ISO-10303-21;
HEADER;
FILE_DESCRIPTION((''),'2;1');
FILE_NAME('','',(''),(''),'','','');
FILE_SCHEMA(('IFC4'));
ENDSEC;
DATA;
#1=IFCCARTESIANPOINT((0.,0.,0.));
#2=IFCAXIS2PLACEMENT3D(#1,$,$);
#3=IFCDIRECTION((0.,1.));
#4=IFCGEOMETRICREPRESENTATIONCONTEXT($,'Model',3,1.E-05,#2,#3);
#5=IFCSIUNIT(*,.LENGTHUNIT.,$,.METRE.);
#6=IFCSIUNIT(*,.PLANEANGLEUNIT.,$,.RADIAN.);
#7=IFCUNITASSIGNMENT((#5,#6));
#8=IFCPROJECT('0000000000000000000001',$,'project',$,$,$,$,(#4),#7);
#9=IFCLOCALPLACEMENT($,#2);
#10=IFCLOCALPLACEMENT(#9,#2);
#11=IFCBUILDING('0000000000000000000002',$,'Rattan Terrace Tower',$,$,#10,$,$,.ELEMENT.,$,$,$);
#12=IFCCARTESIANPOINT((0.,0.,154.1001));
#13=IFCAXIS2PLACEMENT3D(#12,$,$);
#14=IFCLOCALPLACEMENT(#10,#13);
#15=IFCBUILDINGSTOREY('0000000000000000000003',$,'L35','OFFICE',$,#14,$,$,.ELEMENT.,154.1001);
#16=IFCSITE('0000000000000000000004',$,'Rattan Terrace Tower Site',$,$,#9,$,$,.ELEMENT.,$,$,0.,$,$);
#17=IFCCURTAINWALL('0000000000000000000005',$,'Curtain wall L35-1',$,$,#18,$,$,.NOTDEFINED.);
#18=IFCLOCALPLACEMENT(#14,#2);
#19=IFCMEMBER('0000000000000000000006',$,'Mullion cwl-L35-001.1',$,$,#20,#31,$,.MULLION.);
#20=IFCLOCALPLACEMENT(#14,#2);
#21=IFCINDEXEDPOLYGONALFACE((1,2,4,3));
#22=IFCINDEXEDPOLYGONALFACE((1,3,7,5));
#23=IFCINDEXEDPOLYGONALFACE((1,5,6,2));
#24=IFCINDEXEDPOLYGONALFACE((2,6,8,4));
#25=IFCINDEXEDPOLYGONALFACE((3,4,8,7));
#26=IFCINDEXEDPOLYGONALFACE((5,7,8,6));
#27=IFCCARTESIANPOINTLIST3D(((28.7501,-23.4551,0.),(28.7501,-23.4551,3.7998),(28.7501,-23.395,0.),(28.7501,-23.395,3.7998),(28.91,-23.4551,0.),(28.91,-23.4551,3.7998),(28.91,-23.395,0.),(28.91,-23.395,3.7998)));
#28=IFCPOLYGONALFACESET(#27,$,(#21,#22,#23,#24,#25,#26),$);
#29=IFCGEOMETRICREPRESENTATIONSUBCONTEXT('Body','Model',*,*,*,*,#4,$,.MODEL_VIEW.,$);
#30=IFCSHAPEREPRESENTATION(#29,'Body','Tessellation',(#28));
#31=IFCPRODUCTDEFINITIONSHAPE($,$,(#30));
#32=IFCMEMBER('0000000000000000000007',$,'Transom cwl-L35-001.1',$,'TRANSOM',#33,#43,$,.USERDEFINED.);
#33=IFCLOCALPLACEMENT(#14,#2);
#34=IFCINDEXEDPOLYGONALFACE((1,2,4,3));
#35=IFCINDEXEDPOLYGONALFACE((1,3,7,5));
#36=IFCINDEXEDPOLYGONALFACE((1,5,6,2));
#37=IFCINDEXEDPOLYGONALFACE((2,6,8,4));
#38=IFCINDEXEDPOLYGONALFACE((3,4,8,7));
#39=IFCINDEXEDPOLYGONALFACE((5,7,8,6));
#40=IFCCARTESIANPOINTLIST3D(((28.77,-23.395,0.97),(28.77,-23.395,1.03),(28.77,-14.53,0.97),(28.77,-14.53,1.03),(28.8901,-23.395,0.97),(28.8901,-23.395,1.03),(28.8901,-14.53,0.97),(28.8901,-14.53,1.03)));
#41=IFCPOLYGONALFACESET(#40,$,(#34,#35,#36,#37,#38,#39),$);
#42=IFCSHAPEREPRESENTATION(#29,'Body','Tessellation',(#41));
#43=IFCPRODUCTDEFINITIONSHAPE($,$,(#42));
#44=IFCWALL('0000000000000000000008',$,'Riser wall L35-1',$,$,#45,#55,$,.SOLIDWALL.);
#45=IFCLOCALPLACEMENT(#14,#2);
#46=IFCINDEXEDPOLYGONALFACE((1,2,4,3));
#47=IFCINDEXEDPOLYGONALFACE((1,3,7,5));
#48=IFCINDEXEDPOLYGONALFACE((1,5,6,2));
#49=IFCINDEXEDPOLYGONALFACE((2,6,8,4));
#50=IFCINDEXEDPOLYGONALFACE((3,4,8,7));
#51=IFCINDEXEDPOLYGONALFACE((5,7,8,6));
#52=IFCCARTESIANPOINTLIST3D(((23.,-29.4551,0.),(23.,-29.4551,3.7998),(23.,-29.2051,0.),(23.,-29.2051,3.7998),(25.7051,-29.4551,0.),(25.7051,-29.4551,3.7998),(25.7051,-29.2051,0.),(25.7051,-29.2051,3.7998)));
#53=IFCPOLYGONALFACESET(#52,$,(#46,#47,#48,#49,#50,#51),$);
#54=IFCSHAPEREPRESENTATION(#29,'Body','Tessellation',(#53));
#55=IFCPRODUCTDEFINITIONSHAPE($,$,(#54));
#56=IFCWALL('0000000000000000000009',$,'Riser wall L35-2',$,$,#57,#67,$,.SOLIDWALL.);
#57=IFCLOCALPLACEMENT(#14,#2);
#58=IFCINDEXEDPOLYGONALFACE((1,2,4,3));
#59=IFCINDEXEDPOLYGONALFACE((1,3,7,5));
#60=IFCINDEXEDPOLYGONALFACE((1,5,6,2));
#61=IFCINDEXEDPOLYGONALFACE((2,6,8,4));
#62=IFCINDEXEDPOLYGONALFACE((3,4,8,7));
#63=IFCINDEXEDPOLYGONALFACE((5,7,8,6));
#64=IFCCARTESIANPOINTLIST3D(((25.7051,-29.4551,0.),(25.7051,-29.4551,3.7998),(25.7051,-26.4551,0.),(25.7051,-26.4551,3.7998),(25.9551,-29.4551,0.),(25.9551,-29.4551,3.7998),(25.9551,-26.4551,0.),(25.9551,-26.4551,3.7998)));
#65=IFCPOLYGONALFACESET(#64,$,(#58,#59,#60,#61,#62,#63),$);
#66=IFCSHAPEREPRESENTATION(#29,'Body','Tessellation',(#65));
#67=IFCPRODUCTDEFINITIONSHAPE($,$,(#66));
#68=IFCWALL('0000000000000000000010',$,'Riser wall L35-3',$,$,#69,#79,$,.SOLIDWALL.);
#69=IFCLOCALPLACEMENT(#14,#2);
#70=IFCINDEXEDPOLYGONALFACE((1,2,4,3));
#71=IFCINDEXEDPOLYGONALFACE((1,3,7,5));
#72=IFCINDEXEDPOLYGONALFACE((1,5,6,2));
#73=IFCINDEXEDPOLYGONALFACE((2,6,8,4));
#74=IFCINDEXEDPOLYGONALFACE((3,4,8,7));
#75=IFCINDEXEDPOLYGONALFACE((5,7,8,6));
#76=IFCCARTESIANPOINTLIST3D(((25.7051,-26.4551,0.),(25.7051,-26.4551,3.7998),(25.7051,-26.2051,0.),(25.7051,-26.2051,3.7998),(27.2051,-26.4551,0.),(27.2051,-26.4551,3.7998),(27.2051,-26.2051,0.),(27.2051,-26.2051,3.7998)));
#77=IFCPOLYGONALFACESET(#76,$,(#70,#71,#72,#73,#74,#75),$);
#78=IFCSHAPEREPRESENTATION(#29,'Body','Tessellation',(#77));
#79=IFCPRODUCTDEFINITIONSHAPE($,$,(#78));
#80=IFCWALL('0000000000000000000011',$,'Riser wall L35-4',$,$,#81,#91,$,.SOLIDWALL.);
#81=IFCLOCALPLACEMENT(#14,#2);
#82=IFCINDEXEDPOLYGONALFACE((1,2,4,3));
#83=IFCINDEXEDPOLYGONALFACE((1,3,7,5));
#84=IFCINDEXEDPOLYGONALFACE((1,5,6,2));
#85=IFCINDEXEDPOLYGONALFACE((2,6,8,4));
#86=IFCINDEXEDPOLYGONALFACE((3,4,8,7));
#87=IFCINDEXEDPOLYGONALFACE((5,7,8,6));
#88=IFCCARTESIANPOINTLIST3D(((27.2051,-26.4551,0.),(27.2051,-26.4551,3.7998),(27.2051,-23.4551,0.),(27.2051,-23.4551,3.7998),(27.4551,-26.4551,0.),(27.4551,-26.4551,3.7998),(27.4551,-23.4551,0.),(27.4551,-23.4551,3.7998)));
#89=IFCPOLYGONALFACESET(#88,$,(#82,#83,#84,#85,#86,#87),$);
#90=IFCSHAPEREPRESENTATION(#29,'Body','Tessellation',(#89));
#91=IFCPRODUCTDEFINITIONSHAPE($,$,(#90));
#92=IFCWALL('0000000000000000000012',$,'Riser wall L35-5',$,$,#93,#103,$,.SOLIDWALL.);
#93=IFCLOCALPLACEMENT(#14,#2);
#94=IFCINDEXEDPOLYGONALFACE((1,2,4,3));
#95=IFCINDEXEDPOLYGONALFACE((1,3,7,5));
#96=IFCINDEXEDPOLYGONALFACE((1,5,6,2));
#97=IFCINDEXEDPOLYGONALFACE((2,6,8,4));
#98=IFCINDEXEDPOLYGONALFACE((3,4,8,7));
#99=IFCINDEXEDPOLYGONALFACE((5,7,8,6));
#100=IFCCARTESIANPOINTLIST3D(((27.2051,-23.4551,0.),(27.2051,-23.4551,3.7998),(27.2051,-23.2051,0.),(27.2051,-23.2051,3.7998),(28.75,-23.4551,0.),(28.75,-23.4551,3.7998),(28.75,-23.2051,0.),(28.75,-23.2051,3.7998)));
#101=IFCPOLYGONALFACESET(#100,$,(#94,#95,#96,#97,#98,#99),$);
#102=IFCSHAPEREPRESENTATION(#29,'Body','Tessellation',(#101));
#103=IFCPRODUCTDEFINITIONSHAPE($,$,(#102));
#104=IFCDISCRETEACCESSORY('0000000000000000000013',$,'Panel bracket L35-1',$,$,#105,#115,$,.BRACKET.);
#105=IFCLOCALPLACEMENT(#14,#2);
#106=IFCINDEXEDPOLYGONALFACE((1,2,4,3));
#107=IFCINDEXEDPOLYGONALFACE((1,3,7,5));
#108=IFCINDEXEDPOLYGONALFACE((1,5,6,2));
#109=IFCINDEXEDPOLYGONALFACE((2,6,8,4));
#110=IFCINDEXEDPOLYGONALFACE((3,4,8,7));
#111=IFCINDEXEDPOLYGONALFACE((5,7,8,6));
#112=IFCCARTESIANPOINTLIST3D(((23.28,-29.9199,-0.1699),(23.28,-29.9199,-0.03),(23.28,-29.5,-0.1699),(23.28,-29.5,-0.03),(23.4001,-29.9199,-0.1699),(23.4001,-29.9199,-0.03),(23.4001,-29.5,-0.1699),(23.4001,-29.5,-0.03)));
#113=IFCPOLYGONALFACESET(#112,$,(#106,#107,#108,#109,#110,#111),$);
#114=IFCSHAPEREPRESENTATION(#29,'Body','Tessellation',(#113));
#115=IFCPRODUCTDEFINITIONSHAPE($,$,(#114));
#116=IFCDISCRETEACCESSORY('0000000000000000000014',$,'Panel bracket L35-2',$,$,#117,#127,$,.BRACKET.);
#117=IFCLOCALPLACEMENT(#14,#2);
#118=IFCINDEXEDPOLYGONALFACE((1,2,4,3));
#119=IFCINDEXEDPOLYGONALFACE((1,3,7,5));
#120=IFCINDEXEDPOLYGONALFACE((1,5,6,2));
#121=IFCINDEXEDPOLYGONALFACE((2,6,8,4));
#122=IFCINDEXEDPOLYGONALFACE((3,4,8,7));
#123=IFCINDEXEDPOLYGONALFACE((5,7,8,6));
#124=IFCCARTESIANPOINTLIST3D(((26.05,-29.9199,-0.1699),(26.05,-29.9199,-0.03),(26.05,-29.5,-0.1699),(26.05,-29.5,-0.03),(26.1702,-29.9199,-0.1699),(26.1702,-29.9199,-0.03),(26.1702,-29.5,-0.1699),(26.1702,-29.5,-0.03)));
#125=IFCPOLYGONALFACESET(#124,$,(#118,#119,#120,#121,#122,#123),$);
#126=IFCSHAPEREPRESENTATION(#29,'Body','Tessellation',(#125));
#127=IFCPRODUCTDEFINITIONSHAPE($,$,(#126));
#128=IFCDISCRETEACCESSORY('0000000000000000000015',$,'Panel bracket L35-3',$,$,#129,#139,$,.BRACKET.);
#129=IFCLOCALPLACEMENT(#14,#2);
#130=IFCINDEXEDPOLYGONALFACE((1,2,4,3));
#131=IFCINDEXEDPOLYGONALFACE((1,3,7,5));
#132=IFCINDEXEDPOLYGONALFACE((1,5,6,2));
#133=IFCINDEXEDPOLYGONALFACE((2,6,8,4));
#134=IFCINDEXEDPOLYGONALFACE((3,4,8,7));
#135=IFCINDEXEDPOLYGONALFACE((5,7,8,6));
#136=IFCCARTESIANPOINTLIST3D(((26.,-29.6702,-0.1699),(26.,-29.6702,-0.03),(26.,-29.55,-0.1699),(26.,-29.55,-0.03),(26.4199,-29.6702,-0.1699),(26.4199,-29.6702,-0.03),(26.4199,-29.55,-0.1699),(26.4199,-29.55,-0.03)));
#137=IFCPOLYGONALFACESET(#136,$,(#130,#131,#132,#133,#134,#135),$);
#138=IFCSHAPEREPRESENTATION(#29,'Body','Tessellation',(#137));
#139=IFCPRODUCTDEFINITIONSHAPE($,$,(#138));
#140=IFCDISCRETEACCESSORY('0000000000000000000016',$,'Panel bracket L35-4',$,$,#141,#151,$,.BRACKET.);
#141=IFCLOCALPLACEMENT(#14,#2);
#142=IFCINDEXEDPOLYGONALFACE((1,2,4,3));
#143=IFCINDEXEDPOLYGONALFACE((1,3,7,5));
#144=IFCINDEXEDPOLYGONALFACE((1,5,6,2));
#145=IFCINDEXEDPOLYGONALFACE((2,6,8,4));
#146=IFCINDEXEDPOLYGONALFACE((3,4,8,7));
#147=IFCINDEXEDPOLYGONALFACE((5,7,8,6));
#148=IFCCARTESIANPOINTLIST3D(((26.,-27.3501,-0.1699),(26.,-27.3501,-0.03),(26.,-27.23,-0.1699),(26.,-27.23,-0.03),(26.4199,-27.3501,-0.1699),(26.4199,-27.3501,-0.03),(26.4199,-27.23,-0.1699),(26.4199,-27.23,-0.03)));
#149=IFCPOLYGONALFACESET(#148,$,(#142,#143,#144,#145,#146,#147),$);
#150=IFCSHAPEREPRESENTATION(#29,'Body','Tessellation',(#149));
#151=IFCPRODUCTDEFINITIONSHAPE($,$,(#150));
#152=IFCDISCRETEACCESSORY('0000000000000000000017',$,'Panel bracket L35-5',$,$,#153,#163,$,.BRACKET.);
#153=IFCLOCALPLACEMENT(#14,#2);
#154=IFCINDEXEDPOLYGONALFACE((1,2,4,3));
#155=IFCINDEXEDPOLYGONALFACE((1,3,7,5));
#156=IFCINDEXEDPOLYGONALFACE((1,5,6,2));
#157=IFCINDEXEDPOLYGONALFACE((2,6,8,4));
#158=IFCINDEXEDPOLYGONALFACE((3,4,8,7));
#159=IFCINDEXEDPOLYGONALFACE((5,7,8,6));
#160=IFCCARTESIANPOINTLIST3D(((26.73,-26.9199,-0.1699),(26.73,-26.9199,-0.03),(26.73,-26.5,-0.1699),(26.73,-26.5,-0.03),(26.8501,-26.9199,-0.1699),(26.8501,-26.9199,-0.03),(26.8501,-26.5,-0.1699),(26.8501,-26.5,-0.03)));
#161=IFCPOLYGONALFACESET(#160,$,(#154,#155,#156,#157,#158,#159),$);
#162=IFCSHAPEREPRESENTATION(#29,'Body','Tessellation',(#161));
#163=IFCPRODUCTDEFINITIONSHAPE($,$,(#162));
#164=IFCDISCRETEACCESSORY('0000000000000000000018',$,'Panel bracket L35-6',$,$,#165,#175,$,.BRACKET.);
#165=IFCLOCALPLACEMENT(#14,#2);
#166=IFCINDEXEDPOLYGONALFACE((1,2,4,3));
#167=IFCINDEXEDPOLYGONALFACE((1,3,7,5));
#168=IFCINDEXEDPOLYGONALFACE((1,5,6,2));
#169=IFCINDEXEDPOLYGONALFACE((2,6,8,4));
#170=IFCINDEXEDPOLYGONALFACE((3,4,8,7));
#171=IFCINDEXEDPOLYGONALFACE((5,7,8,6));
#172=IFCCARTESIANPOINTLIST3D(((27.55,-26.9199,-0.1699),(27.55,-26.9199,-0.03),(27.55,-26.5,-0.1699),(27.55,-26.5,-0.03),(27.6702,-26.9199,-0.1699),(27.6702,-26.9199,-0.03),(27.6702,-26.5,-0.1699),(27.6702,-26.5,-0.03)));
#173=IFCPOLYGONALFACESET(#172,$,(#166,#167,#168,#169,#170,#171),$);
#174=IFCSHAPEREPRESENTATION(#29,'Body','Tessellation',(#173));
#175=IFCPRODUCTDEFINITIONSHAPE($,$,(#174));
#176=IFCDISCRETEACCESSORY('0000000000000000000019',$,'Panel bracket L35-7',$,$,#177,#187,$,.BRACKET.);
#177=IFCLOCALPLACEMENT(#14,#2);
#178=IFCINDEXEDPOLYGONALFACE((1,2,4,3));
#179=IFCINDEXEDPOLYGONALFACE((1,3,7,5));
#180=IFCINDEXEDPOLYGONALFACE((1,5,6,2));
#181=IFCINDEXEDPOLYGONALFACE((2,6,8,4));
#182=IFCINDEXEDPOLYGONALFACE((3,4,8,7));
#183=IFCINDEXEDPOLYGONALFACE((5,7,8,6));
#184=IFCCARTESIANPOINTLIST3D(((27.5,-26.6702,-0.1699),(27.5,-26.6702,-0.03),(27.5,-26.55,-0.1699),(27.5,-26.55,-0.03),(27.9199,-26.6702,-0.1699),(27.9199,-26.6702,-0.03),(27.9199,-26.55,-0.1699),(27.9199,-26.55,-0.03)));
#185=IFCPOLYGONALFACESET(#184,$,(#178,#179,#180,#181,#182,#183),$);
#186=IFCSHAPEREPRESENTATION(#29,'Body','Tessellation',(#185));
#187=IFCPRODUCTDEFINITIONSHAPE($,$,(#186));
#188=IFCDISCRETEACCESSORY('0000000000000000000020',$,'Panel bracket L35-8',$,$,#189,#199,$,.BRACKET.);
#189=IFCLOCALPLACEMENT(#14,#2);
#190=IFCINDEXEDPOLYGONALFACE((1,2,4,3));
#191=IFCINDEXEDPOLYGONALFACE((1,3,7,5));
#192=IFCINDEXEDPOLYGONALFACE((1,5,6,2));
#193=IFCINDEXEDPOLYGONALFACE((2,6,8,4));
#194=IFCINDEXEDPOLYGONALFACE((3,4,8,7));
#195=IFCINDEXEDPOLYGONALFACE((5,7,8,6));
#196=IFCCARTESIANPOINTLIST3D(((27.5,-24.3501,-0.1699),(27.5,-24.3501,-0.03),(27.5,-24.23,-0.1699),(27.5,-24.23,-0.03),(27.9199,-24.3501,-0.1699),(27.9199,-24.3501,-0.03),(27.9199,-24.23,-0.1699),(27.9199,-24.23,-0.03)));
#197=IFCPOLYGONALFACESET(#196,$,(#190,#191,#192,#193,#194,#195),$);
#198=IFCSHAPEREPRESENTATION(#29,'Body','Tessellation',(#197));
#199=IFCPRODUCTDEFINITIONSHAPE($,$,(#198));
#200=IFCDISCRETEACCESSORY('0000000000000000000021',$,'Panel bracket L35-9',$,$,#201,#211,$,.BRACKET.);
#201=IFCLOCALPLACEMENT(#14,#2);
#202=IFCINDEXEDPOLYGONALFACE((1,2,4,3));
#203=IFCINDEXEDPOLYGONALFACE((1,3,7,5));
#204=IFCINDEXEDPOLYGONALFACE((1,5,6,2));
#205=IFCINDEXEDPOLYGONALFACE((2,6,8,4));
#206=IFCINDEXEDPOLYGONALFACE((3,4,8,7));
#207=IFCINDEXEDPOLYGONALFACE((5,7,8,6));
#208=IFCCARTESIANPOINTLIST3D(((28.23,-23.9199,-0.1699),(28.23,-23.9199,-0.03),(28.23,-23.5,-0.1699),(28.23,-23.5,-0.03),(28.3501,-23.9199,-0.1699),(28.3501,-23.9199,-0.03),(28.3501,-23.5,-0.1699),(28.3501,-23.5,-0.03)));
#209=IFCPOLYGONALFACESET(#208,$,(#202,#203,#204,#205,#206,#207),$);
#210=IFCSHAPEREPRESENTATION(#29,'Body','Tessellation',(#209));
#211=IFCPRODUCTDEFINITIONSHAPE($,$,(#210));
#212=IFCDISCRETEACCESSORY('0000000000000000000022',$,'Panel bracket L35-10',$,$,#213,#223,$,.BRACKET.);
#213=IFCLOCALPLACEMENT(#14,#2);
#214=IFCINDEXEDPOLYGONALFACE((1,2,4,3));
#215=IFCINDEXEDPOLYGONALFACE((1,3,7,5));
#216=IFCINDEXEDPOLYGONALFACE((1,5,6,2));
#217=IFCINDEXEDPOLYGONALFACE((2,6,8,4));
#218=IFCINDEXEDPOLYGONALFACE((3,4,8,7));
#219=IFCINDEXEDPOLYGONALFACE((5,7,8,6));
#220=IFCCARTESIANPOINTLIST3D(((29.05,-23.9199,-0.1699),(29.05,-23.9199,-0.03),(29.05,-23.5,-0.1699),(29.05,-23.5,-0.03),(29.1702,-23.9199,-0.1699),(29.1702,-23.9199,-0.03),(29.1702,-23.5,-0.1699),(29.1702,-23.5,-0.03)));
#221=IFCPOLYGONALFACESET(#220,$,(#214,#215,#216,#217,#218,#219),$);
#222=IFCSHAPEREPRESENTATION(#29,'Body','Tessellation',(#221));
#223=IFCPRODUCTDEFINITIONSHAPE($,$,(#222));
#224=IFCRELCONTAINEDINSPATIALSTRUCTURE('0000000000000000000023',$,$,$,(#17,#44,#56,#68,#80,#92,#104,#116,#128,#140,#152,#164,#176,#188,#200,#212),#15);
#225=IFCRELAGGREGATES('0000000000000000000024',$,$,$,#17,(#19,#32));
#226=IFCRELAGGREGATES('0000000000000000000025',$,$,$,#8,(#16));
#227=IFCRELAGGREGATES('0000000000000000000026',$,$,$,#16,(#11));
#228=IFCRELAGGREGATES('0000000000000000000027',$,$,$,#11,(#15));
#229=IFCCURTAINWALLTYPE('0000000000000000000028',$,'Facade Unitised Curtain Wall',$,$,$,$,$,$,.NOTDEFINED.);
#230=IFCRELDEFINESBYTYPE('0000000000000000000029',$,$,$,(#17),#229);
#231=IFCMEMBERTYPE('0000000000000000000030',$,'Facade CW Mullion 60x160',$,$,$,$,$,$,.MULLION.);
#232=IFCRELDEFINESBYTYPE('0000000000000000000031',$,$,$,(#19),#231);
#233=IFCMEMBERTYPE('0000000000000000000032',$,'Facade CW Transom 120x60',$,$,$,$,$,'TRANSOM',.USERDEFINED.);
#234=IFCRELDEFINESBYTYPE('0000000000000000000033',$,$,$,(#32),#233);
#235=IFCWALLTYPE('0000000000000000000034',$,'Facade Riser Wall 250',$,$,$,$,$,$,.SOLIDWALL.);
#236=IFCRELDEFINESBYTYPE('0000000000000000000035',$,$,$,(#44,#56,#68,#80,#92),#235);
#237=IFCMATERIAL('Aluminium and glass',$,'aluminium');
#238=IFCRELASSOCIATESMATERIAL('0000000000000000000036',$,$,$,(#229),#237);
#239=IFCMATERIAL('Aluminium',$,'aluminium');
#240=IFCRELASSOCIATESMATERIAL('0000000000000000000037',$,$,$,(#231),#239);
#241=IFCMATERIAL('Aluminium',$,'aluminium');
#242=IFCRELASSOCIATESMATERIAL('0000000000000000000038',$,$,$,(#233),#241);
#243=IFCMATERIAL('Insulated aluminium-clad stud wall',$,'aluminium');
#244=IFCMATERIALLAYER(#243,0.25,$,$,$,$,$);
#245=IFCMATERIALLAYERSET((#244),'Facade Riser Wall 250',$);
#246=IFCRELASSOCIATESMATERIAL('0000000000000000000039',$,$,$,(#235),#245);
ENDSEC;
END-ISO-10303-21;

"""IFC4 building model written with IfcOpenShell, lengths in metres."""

from ifc_helpers import new_model, si_unit, direction, frame, frame_2d, origin, origin_2d, place, context, subcontext, project, spatial, rectangle, extrude, material, layer, layer_set, material_profile, profile_set, type_object, element, aggregate, save


model = new_model("IFC4")

# Units and contexts
model_context = context("Model", 3, precision=1e-05, world=origin(), true_north=direction((0.0, 1.0)))
body_context = subcontext(model_context, "Body", "Model", "MODEL_VIEW")
ifc_project = project(units=[si_unit("LENGTHUNIT", "METRE"), si_unit("PLANEANGLEUNIT", "RADIAN")], contexts=[model_context])

# Site, building, storey
site_placement = place(None, origin())
site = spatial("IfcSite", under=ifc_project, at=site_placement, Name="Rattan Terrace Tower Site", CompositionType="ELEMENT", RefElevation=0.0)
building_placement = place(site_placement, origin())
building = spatial("IfcBuilding", under=site, at=building_placement, Name="Rattan Terrace Tower", CompositionType="ELEMENT")
storey_placement = place(building_placement, frame((0.0, 0.0, 154.1001)))
storey = spatial("IfcBuildingStorey", under=building, at=storey_placement, Name="L35", Description="OFFICE", CompositionType="ELEMENT", Elevation=154.1001)

# Curtain wall, members
ifc_material_1 = material(Name="Aluminium and glass", Category="aluminium")
curtain_wall_type = type_object("IfcCurtainWallType", Name="Facade Unitised Curtain Wall", PredefinedType="NOTDEFINED", material=ifc_material_1)
curtain_wall_placement = place(storey_placement, origin())
curtain_wall = element("IfcCurtainWall", 1, at=curtain_wall_placement, inside=storey, type_object=curtain_wall_type, Name="Curtain wall L35-1", PredefinedType="NOTDEFINED")
ifc_material_2 = material(Name="Aluminium", Category="aluminium")
ifc_material_profile_1 = material_profile(ifc_material_2, rectangle(XDim=0.0601, YDim=0.1599, at=origin_2d()), Name="Aluminium 60x160")
ifc_profile_set_1 = profile_set([ifc_material_profile_1], Name="Aluminium")
member_type_1 = type_object("IfcMemberType", Name="Facade CW Mullion 60x160", PredefinedType="MULLION", material=ifc_profile_set_1)
member_1_placement = place(storey_placement, frame((28.8301, -23.425, 0.0), z_axis=(0.0, 0.0, 1.0), x_axis=(0.0, 1.0, 0.0)))
member_1 = element("IfcMember", 2, at=member_1_placement, type_object=member_type_1, Name="Mullion cwl-L35-001.1", PredefinedType="MULLION", context=body_context, shape_type="SweptSolid", body=[
    extrude(rectangle(XDim=0.0601, YDim=0.1599, at=origin_2d()), origin(), (0.0, 0.0, 1.0), 3.7998),
])
ifc_material_3 = material(Name="Aluminium", Category="aluminium")
ifc_material_profile_2 = material_profile(ifc_material_3, rectangle(XDim=0.1201, YDim=0.0601, at=origin_2d()), Name="Aluminium 120x60")
ifc_profile_set_2 = profile_set([ifc_material_profile_2], Name="Aluminium")
member_type_2 = type_object("IfcMemberType", Name="Facade CW Transom 120x60", ElementType="TRANSOM", PredefinedType="USERDEFINED", material=ifc_profile_set_2)
member_2_placement = place(storey_placement, frame((28.8301, -23.395, 1.0), z_axis=(0.0, 1.0, 0.0), x_axis=(-1.0, 0.0, 0.0)))
member_2 = element("IfcMember", 3, at=member_2_placement, type_object=member_type_2, Name="Transom cwl-L35-001.1", ObjectType="TRANSOM", PredefinedType="USERDEFINED", context=body_context, shape_type="SweptSolid", body=[
    extrude(rectangle(XDim=0.1201, YDim=0.0601, at=origin_2d()), origin(), (0.0, 0.0, 1.0), 8.865),
])
aggregate(curtain_wall, [member_1, member_2])

# Walls
ifc_material_4 = material(Name="Insulated aluminium-clad stud wall", Category="aluminium")
ifc_layer = layer(ifc_material_4, 0.25)
ifc_layer_set = layer_set([ifc_layer], Name="Facade Riser Wall 250")
wall_type = type_object("IfcWallType", Name="Facade Riser Wall 250", PredefinedType="SOLIDWALL", material=ifc_layer_set)
wall_1_placement = place(storey_placement, frame((23.0, -29.3301, 0.0), z_axis=(0.0, 0.0, 1.0), x_axis=(1.0, 0.0, 0.0)))
element("IfcWall", 4, at=wall_1_placement, inside=storey, type_object=wall_type, Name="Riser wall L35-1", PredefinedType="SOLIDWALL", context=body_context, shape_type="SweptSolid", body=[
    extrude(rectangle(XDim=2.7051, YDim=0.25, at=frame_2d((1.3525, 0.0))), origin(), (0.0, 0.0, 1.0), 3.7998),
])
wall_2_placement = place(storey_placement, frame((25.8301, -29.4551, 0.0), z_axis=(0.0, 0.0, 1.0), x_axis=(0.0, 1.0, 0.0)))
element("IfcWall", 5, at=wall_2_placement, inside=storey, type_object=wall_type, Name="Riser wall L35-2", PredefinedType="SOLIDWALL", context=body_context, shape_type="SweptSolid", body=[
    extrude(rectangle(XDim=3.0, YDim=0.25, at=frame_2d((1.5, 0.0))), origin(), (0.0, 0.0, 1.0), 3.7998),
])
wall_3_placement = place(storey_placement, frame((25.7051, -26.3301, 0.0), z_axis=(0.0, 0.0, 1.0), x_axis=(1.0, 0.0, 0.0)))
element("IfcWall", 6, at=wall_3_placement, inside=storey, type_object=wall_type, Name="Riser wall L35-3", PredefinedType="SOLIDWALL", context=body_context, shape_type="SweptSolid", body=[
    extrude(rectangle(XDim=1.5, YDim=0.25, at=frame_2d((0.75, 0.0))), origin(), (0.0, 0.0, 1.0), 3.7998),
])
wall_4_placement = place(storey_placement, frame((27.3301, -26.4551, 0.0), z_axis=(0.0, 0.0, 1.0), x_axis=(0.0, 1.0, 0.0)))
element("IfcWall", 7, at=wall_4_placement, inside=storey, type_object=wall_type, Name="Riser wall L35-4", PredefinedType="SOLIDWALL", context=body_context, shape_type="SweptSolid", body=[
    extrude(rectangle(XDim=3.0, YDim=0.25, at=frame_2d((1.5, 0.0))), origin(), (0.0, 0.0, 1.0), 3.7998),
])
wall_5_placement = place(storey_placement, frame((27.2051, -23.3301, 0.0), z_axis=(0.0, 0.0, 1.0), x_axis=(1.0, 0.0, 0.0)))
element("IfcWall", 8, at=wall_5_placement, inside=storey, type_object=wall_type, Name="Riser wall L35-5", PredefinedType="SOLIDWALL", context=body_context, shape_type="SweptSolid", body=[
    extrude(rectangle(XDim=1.5449, YDim=0.25, at=frame_2d((0.7725, 0.0))), origin(), (0.0, 0.0, 1.0), 3.7998),
])

# Discrete accessories
for number, where, z_axis, x_axis, name in (
    (9, (23.3401, -29.71, -0.1699), (0.0, 0.0, 1.0), (1.0, 0.0, 0.0), "Panel bracket L35-1"),
    (10, (26.1101, -29.71, -0.1699), (0.0, 0.0, 1.0), (1.0, 0.0, 0.0), "Panel bracket L35-2"),
    (11, (26.21, -29.6101, -0.1699), (0.0, 0.0, 1.0), (0.0, 1.0, 0.0), "Panel bracket L35-3"),
    (12, (26.21, -27.29, -0.1699), (0.0, 0.0, 1.0), (0.0, 1.0, 0.0), "Panel bracket L35-4"),
    (13, (26.79, -26.71, -0.1699), (0.0, 0.0, 1.0), (1.0, 0.0, 0.0), "Panel bracket L35-5"),
    (14, (27.6101, -26.71, -0.1699), (0.0, 0.0, 1.0), (1.0, 0.0, 0.0), "Panel bracket L35-6"),
    (15, (27.71, -26.6101, -0.1699), (0.0, 0.0, 1.0), (0.0, 1.0, 0.0), "Panel bracket L35-7"),
    (16, (27.71, -24.29, -0.1699), (0.0, 0.0, 1.0), (0.0, 1.0, 0.0), "Panel bracket L35-8"),
    (17, (28.29, -23.71, -0.1699), (0.0, 0.0, 1.0), (1.0, 0.0, 0.0), "Panel bracket L35-9"),
    (18, (29.1101, -23.71, -0.1699), (0.0, 0.0, 1.0), (1.0, 0.0, 0.0), "Panel bracket L35-10"),
):
    element("IfcDiscreteAccessory", number, at=place(storey_placement, frame(where, z_axis=z_axis, x_axis=x_axis)), inside=storey, Name=name, PredefinedType="BRACKET", context=body_context, shape_type="SweptSolid", body=[
        extrude(rectangle(XDim=0.1201, YDim=0.4199, at=origin_2d()), origin(), (0.0, 0.0, 1.0), 0.1399),
    ])

save(model, "model.ifc")
